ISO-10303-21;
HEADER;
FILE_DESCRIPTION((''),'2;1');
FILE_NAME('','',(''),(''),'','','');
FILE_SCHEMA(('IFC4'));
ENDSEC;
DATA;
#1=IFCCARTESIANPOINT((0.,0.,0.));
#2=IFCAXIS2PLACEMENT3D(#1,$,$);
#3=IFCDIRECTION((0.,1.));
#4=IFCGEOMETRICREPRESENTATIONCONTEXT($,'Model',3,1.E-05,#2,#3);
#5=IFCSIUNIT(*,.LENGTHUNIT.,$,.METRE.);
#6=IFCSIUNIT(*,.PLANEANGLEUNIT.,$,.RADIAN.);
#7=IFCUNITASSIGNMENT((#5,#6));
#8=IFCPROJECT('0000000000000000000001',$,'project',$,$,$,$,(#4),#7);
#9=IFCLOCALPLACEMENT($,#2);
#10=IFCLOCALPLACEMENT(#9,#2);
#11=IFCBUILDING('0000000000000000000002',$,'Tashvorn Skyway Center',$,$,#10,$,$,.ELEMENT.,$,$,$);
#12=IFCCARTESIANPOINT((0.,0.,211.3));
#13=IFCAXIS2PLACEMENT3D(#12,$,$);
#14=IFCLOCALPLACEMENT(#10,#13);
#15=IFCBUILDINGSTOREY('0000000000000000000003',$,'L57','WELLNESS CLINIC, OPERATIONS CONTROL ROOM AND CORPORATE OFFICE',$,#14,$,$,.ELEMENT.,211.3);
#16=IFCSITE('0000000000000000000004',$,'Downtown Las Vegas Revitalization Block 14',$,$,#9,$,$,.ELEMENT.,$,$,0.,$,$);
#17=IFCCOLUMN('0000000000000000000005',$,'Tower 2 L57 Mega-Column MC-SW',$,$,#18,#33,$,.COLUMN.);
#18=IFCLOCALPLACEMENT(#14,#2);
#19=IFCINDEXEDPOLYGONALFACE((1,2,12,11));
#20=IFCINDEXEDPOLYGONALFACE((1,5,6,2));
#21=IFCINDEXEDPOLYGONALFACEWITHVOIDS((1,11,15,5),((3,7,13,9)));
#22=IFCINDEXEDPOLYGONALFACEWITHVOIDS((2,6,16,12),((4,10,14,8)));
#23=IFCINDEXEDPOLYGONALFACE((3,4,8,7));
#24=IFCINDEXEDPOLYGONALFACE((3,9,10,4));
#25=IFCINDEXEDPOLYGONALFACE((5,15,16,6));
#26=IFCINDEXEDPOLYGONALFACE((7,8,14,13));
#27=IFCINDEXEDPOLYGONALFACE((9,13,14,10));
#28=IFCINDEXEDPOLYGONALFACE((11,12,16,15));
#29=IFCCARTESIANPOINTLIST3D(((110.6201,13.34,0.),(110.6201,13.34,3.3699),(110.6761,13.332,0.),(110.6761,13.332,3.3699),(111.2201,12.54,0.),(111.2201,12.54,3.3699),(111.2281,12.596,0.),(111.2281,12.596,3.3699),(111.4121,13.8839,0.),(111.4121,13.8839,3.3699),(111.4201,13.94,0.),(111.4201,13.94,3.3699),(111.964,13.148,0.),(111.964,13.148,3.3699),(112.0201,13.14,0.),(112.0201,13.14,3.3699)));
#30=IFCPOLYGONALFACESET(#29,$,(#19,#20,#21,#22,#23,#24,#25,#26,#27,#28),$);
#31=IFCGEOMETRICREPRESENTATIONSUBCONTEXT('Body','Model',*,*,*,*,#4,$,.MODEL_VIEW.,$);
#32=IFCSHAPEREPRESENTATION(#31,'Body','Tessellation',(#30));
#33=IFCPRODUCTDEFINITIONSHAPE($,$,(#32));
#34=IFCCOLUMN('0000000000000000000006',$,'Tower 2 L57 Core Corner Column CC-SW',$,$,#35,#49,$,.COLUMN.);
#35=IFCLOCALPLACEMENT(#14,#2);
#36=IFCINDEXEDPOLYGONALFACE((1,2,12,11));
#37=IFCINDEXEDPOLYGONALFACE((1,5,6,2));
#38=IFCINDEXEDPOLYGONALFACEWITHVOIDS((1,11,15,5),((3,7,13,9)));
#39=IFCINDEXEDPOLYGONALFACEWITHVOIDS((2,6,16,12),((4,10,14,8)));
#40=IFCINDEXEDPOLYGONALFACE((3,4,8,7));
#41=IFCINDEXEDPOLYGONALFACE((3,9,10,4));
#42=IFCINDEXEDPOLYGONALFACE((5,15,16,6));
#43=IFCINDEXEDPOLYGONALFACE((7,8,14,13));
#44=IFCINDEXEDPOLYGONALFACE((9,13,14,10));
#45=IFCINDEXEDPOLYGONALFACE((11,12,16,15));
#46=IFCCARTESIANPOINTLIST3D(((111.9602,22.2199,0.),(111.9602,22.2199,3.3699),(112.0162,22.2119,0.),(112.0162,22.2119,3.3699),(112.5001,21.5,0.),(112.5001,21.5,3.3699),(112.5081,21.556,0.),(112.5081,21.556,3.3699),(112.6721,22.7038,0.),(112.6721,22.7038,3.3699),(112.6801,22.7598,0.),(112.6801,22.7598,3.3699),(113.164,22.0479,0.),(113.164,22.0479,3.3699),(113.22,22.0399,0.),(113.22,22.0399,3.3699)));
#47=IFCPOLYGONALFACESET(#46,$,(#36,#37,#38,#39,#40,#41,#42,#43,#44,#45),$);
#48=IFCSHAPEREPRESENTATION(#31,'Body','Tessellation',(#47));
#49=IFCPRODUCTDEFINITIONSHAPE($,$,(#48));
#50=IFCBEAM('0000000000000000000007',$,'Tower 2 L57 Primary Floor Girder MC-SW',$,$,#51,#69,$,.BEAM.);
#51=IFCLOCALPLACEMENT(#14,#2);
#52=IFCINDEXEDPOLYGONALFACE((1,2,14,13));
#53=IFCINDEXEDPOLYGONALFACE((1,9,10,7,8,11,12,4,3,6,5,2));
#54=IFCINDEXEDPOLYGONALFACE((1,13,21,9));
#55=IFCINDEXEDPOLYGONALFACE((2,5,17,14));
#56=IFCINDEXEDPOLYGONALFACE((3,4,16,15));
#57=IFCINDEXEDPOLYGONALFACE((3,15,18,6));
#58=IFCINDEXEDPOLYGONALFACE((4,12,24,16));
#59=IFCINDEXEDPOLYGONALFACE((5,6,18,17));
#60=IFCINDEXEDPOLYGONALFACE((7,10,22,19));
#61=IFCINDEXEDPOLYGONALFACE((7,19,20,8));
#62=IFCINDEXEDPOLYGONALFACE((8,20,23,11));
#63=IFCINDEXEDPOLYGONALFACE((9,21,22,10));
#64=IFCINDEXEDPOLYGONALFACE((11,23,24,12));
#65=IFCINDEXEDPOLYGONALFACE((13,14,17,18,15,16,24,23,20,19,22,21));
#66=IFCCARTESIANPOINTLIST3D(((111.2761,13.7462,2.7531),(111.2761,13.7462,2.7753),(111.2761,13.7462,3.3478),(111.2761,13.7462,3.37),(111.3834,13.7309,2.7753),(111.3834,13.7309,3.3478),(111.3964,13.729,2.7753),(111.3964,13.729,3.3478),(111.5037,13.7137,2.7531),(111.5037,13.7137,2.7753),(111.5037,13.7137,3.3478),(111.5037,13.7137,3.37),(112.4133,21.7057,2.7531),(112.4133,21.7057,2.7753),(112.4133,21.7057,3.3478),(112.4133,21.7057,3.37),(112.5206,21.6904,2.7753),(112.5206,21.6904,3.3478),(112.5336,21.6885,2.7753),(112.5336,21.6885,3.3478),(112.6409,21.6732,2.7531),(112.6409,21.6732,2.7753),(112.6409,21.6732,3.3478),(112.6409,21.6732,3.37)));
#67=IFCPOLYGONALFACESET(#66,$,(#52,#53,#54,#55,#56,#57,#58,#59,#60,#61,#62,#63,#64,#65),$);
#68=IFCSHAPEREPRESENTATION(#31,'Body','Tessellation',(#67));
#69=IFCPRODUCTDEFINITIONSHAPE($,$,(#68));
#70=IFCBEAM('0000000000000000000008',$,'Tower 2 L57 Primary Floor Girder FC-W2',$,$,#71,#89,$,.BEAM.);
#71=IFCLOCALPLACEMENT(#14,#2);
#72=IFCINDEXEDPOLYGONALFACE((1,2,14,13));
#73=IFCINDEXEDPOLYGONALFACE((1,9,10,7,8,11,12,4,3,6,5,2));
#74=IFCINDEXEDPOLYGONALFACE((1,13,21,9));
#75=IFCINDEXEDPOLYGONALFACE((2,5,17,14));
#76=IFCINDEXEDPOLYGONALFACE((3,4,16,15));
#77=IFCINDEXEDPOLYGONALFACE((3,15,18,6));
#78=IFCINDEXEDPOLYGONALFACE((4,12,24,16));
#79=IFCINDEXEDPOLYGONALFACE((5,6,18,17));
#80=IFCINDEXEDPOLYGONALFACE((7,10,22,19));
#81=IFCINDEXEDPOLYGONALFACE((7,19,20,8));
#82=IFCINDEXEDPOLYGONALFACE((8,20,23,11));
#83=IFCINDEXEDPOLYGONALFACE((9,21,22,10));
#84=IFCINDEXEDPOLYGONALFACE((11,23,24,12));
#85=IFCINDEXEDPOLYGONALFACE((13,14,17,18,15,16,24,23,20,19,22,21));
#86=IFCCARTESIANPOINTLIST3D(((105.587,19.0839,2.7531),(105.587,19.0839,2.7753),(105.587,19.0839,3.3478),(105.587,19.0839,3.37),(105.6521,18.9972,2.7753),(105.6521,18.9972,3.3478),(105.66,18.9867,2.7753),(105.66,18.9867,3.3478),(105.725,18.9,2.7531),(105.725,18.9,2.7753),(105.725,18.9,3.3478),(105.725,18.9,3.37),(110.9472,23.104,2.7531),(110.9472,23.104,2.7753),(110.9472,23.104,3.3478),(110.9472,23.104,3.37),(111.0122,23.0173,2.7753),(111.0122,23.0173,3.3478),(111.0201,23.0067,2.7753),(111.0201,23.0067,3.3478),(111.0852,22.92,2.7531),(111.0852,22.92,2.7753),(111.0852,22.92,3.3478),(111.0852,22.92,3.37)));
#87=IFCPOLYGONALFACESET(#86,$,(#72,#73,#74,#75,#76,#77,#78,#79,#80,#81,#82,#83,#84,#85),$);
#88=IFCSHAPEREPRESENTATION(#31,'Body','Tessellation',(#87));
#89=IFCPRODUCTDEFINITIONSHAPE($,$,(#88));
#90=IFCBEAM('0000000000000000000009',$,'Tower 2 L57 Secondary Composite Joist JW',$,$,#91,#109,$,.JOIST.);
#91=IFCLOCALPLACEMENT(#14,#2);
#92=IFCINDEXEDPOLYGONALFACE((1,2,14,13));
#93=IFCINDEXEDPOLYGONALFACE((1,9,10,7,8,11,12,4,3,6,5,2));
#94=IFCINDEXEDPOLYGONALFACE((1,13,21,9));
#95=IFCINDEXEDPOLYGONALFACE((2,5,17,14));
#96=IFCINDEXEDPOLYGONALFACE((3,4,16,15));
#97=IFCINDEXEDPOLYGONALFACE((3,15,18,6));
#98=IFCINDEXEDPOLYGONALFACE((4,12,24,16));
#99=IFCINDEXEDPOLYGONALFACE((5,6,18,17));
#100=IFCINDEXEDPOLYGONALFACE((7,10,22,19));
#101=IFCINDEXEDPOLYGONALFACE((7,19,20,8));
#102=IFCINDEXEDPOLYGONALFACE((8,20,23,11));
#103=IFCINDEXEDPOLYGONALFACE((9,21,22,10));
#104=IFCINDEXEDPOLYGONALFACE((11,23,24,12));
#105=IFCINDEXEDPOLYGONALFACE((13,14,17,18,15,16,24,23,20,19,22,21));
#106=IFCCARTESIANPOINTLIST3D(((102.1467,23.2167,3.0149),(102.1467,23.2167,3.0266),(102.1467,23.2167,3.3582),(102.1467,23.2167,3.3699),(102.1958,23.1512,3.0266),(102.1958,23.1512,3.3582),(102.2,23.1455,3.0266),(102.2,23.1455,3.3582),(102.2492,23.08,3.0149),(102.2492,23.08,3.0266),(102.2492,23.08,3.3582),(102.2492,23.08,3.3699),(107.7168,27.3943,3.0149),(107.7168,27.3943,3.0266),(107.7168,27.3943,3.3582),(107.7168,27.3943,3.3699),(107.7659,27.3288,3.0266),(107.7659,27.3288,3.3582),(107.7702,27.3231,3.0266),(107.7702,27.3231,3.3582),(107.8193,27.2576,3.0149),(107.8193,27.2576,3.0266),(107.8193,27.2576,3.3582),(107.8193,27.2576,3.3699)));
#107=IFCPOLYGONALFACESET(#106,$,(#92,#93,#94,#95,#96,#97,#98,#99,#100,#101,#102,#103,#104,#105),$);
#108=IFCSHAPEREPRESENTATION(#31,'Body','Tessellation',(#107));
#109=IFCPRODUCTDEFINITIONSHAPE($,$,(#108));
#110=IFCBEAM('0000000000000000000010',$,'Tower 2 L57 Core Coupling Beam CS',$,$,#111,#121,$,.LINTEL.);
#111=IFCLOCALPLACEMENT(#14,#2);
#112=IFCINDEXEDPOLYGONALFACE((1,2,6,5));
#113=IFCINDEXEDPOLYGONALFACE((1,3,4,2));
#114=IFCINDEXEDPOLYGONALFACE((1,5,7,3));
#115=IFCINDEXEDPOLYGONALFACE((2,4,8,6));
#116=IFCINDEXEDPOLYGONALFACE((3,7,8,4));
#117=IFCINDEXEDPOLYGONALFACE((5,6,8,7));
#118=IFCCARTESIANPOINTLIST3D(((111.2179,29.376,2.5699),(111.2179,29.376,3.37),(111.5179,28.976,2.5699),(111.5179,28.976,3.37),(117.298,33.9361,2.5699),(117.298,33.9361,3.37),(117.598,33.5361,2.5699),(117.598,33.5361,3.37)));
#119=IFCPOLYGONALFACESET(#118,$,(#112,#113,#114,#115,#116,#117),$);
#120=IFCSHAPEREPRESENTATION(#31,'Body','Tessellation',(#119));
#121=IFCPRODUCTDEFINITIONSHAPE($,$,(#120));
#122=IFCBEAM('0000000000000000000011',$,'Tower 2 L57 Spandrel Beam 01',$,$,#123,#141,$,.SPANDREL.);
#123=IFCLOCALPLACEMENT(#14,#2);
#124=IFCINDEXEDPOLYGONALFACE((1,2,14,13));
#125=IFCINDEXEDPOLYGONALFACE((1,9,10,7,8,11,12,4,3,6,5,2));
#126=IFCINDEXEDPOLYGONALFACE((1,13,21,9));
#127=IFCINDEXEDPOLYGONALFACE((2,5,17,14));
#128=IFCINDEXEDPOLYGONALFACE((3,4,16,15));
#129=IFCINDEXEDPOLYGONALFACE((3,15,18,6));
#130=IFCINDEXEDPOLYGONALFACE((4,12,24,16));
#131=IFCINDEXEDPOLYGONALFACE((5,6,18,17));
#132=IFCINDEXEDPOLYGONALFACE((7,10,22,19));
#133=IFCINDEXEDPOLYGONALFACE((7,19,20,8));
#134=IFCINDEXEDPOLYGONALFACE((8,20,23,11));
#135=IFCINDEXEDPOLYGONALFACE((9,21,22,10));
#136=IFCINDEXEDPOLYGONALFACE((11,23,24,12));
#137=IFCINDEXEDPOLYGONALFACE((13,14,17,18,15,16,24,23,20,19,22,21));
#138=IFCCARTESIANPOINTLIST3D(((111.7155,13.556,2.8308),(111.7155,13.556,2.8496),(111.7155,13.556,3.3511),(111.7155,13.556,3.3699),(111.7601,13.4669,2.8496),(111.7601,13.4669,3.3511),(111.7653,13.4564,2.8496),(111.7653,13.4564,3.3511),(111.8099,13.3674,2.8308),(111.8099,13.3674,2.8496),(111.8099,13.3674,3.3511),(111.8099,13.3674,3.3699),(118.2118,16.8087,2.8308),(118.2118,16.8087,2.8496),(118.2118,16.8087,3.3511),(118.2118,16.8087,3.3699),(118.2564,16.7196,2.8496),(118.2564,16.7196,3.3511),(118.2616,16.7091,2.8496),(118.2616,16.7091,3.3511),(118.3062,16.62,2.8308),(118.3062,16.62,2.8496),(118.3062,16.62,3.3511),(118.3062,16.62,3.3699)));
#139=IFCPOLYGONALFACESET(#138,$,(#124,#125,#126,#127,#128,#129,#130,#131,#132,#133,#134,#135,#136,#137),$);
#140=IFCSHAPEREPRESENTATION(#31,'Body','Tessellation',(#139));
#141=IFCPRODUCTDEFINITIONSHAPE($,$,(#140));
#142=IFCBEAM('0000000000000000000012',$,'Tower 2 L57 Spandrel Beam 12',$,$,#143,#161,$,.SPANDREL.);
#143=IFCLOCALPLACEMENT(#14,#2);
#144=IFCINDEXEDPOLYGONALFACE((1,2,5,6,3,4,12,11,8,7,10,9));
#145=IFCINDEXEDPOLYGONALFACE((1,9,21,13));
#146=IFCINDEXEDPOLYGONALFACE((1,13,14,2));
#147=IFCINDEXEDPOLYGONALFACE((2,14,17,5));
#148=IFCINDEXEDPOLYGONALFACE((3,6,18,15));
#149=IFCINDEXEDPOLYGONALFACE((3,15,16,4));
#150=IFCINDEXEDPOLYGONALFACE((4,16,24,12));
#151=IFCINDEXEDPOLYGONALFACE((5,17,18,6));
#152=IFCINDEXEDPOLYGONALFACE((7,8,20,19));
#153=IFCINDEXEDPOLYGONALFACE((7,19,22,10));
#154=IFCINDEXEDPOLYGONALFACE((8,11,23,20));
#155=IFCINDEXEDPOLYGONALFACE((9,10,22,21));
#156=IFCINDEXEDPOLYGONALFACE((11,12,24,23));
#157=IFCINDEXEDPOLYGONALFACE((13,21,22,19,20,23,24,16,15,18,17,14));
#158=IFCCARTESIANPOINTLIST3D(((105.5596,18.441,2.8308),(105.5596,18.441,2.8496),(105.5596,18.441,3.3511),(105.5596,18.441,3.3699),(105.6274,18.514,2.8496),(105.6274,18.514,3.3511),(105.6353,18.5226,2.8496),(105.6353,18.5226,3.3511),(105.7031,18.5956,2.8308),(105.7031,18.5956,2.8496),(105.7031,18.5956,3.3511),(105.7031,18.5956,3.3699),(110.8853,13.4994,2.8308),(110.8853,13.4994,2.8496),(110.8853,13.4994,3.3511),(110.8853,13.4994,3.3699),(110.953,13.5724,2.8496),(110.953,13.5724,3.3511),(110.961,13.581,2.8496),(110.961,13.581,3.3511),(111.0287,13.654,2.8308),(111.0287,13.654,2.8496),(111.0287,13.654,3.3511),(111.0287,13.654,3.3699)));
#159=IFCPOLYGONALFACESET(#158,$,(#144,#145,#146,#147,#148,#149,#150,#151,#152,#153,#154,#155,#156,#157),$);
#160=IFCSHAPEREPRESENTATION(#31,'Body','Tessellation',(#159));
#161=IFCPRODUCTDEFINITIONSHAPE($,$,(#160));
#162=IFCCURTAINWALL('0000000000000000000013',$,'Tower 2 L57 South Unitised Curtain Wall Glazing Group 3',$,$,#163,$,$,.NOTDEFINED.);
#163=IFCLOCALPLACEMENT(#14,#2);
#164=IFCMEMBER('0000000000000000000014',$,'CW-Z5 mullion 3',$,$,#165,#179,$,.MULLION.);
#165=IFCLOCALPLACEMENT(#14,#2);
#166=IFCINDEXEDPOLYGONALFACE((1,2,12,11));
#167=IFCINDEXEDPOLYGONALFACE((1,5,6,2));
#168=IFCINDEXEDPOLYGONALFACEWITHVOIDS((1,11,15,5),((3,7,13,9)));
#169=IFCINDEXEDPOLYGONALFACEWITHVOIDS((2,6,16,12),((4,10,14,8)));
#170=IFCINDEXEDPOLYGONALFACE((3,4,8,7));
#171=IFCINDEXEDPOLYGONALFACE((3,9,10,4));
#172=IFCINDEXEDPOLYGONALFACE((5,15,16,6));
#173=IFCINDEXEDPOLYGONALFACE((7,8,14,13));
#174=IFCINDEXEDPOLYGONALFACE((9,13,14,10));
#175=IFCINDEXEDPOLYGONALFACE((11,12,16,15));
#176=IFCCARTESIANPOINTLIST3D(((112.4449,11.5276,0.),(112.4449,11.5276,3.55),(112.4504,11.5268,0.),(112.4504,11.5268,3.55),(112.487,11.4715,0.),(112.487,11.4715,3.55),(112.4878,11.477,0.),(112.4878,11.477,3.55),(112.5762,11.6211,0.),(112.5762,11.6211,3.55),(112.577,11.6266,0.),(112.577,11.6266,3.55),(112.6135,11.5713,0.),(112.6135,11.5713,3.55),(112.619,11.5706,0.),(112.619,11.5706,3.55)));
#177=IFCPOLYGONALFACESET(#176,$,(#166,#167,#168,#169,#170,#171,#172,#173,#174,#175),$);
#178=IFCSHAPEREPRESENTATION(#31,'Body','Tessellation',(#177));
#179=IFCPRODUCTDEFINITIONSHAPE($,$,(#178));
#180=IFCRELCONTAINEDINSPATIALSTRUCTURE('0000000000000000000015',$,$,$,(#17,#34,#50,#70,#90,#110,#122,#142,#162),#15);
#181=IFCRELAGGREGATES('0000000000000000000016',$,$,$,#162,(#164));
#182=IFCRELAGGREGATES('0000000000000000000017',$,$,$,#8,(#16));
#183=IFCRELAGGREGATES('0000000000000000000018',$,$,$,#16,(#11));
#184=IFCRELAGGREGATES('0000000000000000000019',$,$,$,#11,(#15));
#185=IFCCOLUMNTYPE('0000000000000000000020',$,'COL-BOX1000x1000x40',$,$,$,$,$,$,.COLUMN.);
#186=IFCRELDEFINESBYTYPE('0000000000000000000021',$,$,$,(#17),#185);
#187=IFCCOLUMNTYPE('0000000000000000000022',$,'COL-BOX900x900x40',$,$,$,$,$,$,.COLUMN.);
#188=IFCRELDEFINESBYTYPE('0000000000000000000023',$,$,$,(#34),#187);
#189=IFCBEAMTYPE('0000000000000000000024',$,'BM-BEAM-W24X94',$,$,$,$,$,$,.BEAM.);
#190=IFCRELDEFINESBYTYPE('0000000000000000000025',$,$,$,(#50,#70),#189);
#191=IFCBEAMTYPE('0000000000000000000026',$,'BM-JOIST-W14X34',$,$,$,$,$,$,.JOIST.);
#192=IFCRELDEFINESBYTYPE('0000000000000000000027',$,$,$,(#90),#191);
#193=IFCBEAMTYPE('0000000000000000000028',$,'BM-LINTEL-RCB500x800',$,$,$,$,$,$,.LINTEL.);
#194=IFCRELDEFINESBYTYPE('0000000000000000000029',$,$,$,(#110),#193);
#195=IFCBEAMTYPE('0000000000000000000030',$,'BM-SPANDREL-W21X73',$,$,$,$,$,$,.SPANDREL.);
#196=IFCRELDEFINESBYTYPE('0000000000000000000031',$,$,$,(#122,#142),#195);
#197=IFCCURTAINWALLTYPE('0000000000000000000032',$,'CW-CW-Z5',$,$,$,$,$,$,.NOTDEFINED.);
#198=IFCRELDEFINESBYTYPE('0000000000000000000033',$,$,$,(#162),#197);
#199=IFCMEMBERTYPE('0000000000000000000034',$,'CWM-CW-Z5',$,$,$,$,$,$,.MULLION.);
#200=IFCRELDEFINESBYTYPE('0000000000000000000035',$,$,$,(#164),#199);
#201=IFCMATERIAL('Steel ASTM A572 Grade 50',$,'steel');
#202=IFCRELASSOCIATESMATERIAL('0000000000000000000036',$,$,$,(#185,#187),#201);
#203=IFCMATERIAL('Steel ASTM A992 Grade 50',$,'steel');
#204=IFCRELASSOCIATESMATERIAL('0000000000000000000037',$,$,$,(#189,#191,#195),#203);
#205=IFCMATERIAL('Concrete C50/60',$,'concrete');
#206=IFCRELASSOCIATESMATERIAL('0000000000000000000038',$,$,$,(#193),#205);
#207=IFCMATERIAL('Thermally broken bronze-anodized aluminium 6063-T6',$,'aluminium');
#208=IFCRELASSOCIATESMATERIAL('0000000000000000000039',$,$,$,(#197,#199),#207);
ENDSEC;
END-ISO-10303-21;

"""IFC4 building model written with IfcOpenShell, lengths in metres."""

from ifc_helpers import new_model, si_unit, direction, frame, origin, origin_2d, place, context, subcontext, project, spatial, rectangle, hollow_rectangle, i_section, extrude, material, material_profile, profile_set, type_object, element, aggregate, save


model = new_model("IFC4")

# Units and contexts
model_context = context("Model", 3, precision=1e-05, world=origin(), true_north=direction((0.0, 1.0)))
body_context = subcontext(model_context, "Body", "Model", "MODEL_VIEW")
ifc_project = project(units=[si_unit("LENGTHUNIT", "METRE"), si_unit("PLANEANGLEUNIT", "RADIAN")], contexts=[model_context])

# Site, building, storey
site_placement = place(None, origin())
site = spatial("IfcSite", under=ifc_project, at=site_placement, Name="Downtown Las Vegas Revitalization Block 14", CompositionType="ELEMENT", RefElevation=0.0)
building_placement = place(site_placement, origin())
building = spatial("IfcBuilding", under=site, at=building_placement, Name="Tashvorn Skyway Center", CompositionType="ELEMENT")
storey_placement = place(building_placement, frame((0.0, 0.0, 211.3)))
storey = spatial("IfcBuildingStorey", under=building, at=storey_placement, Name="L57", Description="WELLNESS CLINIC, OPERATIONS CONTROL ROOM AND CORPORATE OFFICE", CompositionType="ELEMENT", Elevation=211.3)

# Columns
ifc_material_1 = material(Name="Steel ASTM A572 Grade 50", Category="steel")
ifc_material_profile_1 = material_profile(ifc_material_1, hollow_rectangle(XDim=1.0, YDim=1.0, WallThickness=0.04, at=origin_2d()), Name="BOX1000x1000x40")
ifc_profile_set_1 = profile_set([ifc_material_profile_1], Name="Steel ASTM A572 Grade 50")
column_type_1 = type_object("IfcColumnType", Name="COL-BOX1000x1000x40", PredefinedType="COLUMN", material=ifc_profile_set_1)
column_1_placement = place(storey_placement, frame((111.3201, 13.24, 0.0), z_axis=(0.0, 0.0, 1.0), x_axis=(0.8, 0.6, 0.0)))
element("IfcColumn", 1, at=column_1_placement, inside=storey, type_object=column_type_1, Name="Tower 2 L57 Mega-Column MC-SW", PredefinedType="COLUMN", context=body_context, shape_type="SweptSolid", body=[
    extrude(hollow_rectangle(XDim=1.0, YDim=1.0, WallThickness=0.04, at=origin_2d()), origin(), (0.0, 0.0, 1.0), 3.3699),
])
ifc_material_profile_2 = material_profile(ifc_material_1, hollow_rectangle(XDim=0.8999, YDim=0.8999, WallThickness=0.04, at=origin_2d()), Name="BOX900x900x40")
ifc_profile_set_2 = profile_set([ifc_material_profile_2], Name="Steel ASTM A572 Grade 50")
column_type_2 = type_object("IfcColumnType", Name="COL-BOX900x900x40", PredefinedType="COLUMN", material=ifc_profile_set_2)
column_2_placement = place(storey_placement, frame((112.5901, 22.1299, 0.0), z_axis=(0.0, 0.0, 1.0), x_axis=(0.8, 0.6, 0.0)))
element("IfcColumn", 2, at=column_2_placement, inside=storey, type_object=column_type_2, Name="Tower 2 L57 Core Corner Column CC-SW", PredefinedType="COLUMN", context=body_context, shape_type="SweptSolid", body=[
    extrude(hollow_rectangle(XDim=0.8999, YDim=0.8999, WallThickness=0.04, at=origin_2d()), origin(), (0.0, 0.0, 1.0), 3.3699),
])

# Beams
ifc_material_2 = material(Name="Steel ASTM A992 Grade 50", Category="steel")
ifc_material_profile_3 = material_profile(ifc_material_2, i_section(OverallWidth=0.23, OverallDepth=0.6169, WebThickness=0.0132, FlangeThickness=0.0222, at=origin_2d()), Name="W24X94")
ifc_profile_set_3 = profile_set([ifc_material_profile_3], Name="Steel ASTM A992 Grade 50")
beam_type_1 = type_object("IfcBeamType", Name="BM-BEAM-W24X94", PredefinedType="BEAM", material=ifc_profile_set_3)
beam_1_placement = place(storey_placement, frame((111.3899, 13.73, 3.0615), z_axis=(0.141438, 0.989947, 0.0), x_axis=(-0.989947, 0.141438, 0.0)))
element("IfcBeam", 3, at=beam_1_placement, inside=storey, type_object=beam_type_1, Name="Tower 2 L57 Primary Floor Girder MC-SW", PredefinedType="BEAM", context=body_context, shape_type="SweptSolid", body=[
    extrude(i_section(OverallWidth=0.23, OverallDepth=0.6169, WebThickness=0.0132, FlangeThickness=0.0222, at=origin_2d()), origin(), (0.0, 0.0, 1.0), 8.0403),
])
beam_2_placement = place(storey_placement, frame((105.656, 18.9919, 3.0615), z_axis=(0.800004, 0.599994, 0.0), x_axis=(-0.599994, 0.800004, 0.0)))
element("IfcBeam", 4, at=beam_2_placement, inside=storey, type_object=beam_type_1, Name="Tower 2 L57 Primary Floor Girder FC-W2", PredefinedType="BEAM", context=body_context, shape_type="SweptSolid", body=[
    extrude(i_section(OverallWidth=0.23, OverallDepth=0.6169, WebThickness=0.0132, FlangeThickness=0.0222, at=origin_2d()), origin(), (0.0, 0.0, 1.0), 6.7002),
])
ifc_material_profile_4 = material_profile(ifc_material_2, i_section(OverallWidth=0.1709, OverallDepth=0.355, WebThickness=0.0071, FlangeThickness=0.0117, at=origin_2d()), Name="W14X34")
ifc_profile_set_4 = profile_set([ifc_material_profile_4], Name="Steel ASTM A992 Grade 50")
beam_type_2 = type_object("IfcBeamType", Name="BM-JOIST-W14X34", PredefinedType="JOIST", material=ifc_profile_set_4)
beam_3_placement = place(storey_placement, frame((107.7681, 27.3259, 3.1924), z_axis=(-0.800004, -0.599994, 0.0), x_axis=(0.599994, -0.800004, 0.0)))
element("IfcBeam", 5, at=beam_3_placement, inside=storey, type_object=beam_type_2, Name="Tower 2 L57 Secondary Composite Joist JW", PredefinedType="JOIST", context=body_context, shape_type="SweptSolid", body=[
    extrude(i_section(OverallWidth=0.1709, OverallDepth=0.355, WebThickness=0.0071, FlangeThickness=0.0117, at=origin_2d()), origin(), (0.0, 0.0, 1.0), 6.9626),
])
ifc_material_3 = material(Name="Concrete C50/60", Category="concrete")
ifc_material_profile_5 = material_profile(ifc_material_3, rectangle(XDim=0.5, YDim=0.8, at=origin_2d()), Name="RCB500x800")
ifc_profile_set_5 = profile_set([ifc_material_profile_5], Name="Concrete C50/60")
beam_type_3 = type_object("IfcBeamType", Name="BM-LINTEL-RCB500x800", PredefinedType="LINTEL", material=ifc_profile_set_5)
beam_4_placement = place(storey_placement, frame((111.3679, 29.176, 2.97), z_axis=(0.8, 0.6, 0.0), x_axis=(-0.6, 0.8, 0.0)))
element("IfcBeam", 6, at=beam_4_placement, inside=storey, type_object=beam_type_3, Name="Tower 2 L57 Core Coupling Beam CS", PredefinedType="LINTEL", context=body_context, shape_type="SweptSolid", body=[
    extrude(rectangle(XDim=0.5, YDim=0.8, at=origin_2d()), origin(), (0.0, 0.0, 1.0), 7.6001),
])
ifc_material_profile_6 = material_profile(ifc_material_2, i_section(OverallWidth=0.2109, OverallDepth=0.5391, WebThickness=0.0117, FlangeThickness=0.0188, at=origin_2d()), Name="W21X73")
ifc_profile_set_6 = profile_set([ifc_material_profile_6], Name="Steel ASTM A992 Grade 50")
beam_type_4 = type_object("IfcBeamType", Name="BM-SPANDREL-W21X73", PredefinedType="SPANDREL", material=ifc_profile_set_6)
for number, where, z_axis, x_axis, name in (
    (7, (111.7627, 13.4617, 3.1003), (0.894178, 0.447711, 0.0), (-0.447711, 0.894178, 0.0), "Tower 2 L57 Spandrel Beam 01"),
    (8, (105.6313, 18.5183, 3.1003), (0.733042, -0.680183, 0.0), (0.680183, 0.733042, 0.0), "Tower 2 L57 Spandrel Beam 12"),
):
    element("IfcBeam", number, at=place(storey_placement, frame(where, z_axis=z_axis, x_axis=x_axis)), inside=storey, type_object=beam_type_4, Name=name, PredefinedType="SPANDREL", context=body_context, shape_type="SweptSolid", body=[
        extrude(i_section(OverallWidth=0.2109, OverallDepth=0.5391, WebThickness=0.0117, FlangeThickness=0.0188, at=origin_2d()), origin(), (0.0, 0.0, 1.0), 7.2651),
    ])

# Curtain wall, member
ifc_material_4 = material(Name="Thermally broken bronze-anodized aluminium 6063-T6", Category="aluminium")
curtain_wall_type = type_object("IfcCurtainWallType", Name="CW-CW-Z5", PredefinedType="NOTDEFINED", material=ifc_material_4)
curtain_wall_1_placement = place(storey_placement, origin())
curtain_wall_1 = element("IfcCurtainWall", 9, at=curtain_wall_1_placement, inside=storey, type_object=curtain_wall_type, Name="Tower 2 L57 South Unitised Curtain Wall Glazing Group 3", PredefinedType="NOTDEFINED")
ifc_material_profile_7 = material_profile(ifc_material_4, hollow_rectangle(XDim=0.0701, YDim=0.165, WallThickness=0.0039, at=origin_2d()), Name="ALU-MULL-70x165")
ifc_profile_set_7 = profile_set([ifc_material_profile_7], Name="Thermally broken bronze-anodized aluminium 6063-T6")
member_type_1 = type_object("IfcMemberType", Name="CWM-CW-Z5", PredefinedType="MULLION", material=ifc_profile_set_7)
member_1_placement = place(storey_placement, frame((112.532, 11.5491, 0.0), z_axis=(0.0, 0.0, 1.0), x_axis=(0.600003, -0.799998, 0.0)))
member_1 = element("IfcMember", 10, at=member_1_placement, type_object=member_type_1, Name="CW-Z5 mullion 3", PredefinedType="MULLION", context=body_context, shape_type="SweptSolid", body=[
    extrude(hollow_rectangle(XDim=0.0701, YDim=0.165, WallThickness=0.0039, at=origin_2d()), origin(), (0.0, 0.0, 1.0), 3.55),
])

aggregate(curtain_wall_1, [member_1])

save(model, "model.ifc")
